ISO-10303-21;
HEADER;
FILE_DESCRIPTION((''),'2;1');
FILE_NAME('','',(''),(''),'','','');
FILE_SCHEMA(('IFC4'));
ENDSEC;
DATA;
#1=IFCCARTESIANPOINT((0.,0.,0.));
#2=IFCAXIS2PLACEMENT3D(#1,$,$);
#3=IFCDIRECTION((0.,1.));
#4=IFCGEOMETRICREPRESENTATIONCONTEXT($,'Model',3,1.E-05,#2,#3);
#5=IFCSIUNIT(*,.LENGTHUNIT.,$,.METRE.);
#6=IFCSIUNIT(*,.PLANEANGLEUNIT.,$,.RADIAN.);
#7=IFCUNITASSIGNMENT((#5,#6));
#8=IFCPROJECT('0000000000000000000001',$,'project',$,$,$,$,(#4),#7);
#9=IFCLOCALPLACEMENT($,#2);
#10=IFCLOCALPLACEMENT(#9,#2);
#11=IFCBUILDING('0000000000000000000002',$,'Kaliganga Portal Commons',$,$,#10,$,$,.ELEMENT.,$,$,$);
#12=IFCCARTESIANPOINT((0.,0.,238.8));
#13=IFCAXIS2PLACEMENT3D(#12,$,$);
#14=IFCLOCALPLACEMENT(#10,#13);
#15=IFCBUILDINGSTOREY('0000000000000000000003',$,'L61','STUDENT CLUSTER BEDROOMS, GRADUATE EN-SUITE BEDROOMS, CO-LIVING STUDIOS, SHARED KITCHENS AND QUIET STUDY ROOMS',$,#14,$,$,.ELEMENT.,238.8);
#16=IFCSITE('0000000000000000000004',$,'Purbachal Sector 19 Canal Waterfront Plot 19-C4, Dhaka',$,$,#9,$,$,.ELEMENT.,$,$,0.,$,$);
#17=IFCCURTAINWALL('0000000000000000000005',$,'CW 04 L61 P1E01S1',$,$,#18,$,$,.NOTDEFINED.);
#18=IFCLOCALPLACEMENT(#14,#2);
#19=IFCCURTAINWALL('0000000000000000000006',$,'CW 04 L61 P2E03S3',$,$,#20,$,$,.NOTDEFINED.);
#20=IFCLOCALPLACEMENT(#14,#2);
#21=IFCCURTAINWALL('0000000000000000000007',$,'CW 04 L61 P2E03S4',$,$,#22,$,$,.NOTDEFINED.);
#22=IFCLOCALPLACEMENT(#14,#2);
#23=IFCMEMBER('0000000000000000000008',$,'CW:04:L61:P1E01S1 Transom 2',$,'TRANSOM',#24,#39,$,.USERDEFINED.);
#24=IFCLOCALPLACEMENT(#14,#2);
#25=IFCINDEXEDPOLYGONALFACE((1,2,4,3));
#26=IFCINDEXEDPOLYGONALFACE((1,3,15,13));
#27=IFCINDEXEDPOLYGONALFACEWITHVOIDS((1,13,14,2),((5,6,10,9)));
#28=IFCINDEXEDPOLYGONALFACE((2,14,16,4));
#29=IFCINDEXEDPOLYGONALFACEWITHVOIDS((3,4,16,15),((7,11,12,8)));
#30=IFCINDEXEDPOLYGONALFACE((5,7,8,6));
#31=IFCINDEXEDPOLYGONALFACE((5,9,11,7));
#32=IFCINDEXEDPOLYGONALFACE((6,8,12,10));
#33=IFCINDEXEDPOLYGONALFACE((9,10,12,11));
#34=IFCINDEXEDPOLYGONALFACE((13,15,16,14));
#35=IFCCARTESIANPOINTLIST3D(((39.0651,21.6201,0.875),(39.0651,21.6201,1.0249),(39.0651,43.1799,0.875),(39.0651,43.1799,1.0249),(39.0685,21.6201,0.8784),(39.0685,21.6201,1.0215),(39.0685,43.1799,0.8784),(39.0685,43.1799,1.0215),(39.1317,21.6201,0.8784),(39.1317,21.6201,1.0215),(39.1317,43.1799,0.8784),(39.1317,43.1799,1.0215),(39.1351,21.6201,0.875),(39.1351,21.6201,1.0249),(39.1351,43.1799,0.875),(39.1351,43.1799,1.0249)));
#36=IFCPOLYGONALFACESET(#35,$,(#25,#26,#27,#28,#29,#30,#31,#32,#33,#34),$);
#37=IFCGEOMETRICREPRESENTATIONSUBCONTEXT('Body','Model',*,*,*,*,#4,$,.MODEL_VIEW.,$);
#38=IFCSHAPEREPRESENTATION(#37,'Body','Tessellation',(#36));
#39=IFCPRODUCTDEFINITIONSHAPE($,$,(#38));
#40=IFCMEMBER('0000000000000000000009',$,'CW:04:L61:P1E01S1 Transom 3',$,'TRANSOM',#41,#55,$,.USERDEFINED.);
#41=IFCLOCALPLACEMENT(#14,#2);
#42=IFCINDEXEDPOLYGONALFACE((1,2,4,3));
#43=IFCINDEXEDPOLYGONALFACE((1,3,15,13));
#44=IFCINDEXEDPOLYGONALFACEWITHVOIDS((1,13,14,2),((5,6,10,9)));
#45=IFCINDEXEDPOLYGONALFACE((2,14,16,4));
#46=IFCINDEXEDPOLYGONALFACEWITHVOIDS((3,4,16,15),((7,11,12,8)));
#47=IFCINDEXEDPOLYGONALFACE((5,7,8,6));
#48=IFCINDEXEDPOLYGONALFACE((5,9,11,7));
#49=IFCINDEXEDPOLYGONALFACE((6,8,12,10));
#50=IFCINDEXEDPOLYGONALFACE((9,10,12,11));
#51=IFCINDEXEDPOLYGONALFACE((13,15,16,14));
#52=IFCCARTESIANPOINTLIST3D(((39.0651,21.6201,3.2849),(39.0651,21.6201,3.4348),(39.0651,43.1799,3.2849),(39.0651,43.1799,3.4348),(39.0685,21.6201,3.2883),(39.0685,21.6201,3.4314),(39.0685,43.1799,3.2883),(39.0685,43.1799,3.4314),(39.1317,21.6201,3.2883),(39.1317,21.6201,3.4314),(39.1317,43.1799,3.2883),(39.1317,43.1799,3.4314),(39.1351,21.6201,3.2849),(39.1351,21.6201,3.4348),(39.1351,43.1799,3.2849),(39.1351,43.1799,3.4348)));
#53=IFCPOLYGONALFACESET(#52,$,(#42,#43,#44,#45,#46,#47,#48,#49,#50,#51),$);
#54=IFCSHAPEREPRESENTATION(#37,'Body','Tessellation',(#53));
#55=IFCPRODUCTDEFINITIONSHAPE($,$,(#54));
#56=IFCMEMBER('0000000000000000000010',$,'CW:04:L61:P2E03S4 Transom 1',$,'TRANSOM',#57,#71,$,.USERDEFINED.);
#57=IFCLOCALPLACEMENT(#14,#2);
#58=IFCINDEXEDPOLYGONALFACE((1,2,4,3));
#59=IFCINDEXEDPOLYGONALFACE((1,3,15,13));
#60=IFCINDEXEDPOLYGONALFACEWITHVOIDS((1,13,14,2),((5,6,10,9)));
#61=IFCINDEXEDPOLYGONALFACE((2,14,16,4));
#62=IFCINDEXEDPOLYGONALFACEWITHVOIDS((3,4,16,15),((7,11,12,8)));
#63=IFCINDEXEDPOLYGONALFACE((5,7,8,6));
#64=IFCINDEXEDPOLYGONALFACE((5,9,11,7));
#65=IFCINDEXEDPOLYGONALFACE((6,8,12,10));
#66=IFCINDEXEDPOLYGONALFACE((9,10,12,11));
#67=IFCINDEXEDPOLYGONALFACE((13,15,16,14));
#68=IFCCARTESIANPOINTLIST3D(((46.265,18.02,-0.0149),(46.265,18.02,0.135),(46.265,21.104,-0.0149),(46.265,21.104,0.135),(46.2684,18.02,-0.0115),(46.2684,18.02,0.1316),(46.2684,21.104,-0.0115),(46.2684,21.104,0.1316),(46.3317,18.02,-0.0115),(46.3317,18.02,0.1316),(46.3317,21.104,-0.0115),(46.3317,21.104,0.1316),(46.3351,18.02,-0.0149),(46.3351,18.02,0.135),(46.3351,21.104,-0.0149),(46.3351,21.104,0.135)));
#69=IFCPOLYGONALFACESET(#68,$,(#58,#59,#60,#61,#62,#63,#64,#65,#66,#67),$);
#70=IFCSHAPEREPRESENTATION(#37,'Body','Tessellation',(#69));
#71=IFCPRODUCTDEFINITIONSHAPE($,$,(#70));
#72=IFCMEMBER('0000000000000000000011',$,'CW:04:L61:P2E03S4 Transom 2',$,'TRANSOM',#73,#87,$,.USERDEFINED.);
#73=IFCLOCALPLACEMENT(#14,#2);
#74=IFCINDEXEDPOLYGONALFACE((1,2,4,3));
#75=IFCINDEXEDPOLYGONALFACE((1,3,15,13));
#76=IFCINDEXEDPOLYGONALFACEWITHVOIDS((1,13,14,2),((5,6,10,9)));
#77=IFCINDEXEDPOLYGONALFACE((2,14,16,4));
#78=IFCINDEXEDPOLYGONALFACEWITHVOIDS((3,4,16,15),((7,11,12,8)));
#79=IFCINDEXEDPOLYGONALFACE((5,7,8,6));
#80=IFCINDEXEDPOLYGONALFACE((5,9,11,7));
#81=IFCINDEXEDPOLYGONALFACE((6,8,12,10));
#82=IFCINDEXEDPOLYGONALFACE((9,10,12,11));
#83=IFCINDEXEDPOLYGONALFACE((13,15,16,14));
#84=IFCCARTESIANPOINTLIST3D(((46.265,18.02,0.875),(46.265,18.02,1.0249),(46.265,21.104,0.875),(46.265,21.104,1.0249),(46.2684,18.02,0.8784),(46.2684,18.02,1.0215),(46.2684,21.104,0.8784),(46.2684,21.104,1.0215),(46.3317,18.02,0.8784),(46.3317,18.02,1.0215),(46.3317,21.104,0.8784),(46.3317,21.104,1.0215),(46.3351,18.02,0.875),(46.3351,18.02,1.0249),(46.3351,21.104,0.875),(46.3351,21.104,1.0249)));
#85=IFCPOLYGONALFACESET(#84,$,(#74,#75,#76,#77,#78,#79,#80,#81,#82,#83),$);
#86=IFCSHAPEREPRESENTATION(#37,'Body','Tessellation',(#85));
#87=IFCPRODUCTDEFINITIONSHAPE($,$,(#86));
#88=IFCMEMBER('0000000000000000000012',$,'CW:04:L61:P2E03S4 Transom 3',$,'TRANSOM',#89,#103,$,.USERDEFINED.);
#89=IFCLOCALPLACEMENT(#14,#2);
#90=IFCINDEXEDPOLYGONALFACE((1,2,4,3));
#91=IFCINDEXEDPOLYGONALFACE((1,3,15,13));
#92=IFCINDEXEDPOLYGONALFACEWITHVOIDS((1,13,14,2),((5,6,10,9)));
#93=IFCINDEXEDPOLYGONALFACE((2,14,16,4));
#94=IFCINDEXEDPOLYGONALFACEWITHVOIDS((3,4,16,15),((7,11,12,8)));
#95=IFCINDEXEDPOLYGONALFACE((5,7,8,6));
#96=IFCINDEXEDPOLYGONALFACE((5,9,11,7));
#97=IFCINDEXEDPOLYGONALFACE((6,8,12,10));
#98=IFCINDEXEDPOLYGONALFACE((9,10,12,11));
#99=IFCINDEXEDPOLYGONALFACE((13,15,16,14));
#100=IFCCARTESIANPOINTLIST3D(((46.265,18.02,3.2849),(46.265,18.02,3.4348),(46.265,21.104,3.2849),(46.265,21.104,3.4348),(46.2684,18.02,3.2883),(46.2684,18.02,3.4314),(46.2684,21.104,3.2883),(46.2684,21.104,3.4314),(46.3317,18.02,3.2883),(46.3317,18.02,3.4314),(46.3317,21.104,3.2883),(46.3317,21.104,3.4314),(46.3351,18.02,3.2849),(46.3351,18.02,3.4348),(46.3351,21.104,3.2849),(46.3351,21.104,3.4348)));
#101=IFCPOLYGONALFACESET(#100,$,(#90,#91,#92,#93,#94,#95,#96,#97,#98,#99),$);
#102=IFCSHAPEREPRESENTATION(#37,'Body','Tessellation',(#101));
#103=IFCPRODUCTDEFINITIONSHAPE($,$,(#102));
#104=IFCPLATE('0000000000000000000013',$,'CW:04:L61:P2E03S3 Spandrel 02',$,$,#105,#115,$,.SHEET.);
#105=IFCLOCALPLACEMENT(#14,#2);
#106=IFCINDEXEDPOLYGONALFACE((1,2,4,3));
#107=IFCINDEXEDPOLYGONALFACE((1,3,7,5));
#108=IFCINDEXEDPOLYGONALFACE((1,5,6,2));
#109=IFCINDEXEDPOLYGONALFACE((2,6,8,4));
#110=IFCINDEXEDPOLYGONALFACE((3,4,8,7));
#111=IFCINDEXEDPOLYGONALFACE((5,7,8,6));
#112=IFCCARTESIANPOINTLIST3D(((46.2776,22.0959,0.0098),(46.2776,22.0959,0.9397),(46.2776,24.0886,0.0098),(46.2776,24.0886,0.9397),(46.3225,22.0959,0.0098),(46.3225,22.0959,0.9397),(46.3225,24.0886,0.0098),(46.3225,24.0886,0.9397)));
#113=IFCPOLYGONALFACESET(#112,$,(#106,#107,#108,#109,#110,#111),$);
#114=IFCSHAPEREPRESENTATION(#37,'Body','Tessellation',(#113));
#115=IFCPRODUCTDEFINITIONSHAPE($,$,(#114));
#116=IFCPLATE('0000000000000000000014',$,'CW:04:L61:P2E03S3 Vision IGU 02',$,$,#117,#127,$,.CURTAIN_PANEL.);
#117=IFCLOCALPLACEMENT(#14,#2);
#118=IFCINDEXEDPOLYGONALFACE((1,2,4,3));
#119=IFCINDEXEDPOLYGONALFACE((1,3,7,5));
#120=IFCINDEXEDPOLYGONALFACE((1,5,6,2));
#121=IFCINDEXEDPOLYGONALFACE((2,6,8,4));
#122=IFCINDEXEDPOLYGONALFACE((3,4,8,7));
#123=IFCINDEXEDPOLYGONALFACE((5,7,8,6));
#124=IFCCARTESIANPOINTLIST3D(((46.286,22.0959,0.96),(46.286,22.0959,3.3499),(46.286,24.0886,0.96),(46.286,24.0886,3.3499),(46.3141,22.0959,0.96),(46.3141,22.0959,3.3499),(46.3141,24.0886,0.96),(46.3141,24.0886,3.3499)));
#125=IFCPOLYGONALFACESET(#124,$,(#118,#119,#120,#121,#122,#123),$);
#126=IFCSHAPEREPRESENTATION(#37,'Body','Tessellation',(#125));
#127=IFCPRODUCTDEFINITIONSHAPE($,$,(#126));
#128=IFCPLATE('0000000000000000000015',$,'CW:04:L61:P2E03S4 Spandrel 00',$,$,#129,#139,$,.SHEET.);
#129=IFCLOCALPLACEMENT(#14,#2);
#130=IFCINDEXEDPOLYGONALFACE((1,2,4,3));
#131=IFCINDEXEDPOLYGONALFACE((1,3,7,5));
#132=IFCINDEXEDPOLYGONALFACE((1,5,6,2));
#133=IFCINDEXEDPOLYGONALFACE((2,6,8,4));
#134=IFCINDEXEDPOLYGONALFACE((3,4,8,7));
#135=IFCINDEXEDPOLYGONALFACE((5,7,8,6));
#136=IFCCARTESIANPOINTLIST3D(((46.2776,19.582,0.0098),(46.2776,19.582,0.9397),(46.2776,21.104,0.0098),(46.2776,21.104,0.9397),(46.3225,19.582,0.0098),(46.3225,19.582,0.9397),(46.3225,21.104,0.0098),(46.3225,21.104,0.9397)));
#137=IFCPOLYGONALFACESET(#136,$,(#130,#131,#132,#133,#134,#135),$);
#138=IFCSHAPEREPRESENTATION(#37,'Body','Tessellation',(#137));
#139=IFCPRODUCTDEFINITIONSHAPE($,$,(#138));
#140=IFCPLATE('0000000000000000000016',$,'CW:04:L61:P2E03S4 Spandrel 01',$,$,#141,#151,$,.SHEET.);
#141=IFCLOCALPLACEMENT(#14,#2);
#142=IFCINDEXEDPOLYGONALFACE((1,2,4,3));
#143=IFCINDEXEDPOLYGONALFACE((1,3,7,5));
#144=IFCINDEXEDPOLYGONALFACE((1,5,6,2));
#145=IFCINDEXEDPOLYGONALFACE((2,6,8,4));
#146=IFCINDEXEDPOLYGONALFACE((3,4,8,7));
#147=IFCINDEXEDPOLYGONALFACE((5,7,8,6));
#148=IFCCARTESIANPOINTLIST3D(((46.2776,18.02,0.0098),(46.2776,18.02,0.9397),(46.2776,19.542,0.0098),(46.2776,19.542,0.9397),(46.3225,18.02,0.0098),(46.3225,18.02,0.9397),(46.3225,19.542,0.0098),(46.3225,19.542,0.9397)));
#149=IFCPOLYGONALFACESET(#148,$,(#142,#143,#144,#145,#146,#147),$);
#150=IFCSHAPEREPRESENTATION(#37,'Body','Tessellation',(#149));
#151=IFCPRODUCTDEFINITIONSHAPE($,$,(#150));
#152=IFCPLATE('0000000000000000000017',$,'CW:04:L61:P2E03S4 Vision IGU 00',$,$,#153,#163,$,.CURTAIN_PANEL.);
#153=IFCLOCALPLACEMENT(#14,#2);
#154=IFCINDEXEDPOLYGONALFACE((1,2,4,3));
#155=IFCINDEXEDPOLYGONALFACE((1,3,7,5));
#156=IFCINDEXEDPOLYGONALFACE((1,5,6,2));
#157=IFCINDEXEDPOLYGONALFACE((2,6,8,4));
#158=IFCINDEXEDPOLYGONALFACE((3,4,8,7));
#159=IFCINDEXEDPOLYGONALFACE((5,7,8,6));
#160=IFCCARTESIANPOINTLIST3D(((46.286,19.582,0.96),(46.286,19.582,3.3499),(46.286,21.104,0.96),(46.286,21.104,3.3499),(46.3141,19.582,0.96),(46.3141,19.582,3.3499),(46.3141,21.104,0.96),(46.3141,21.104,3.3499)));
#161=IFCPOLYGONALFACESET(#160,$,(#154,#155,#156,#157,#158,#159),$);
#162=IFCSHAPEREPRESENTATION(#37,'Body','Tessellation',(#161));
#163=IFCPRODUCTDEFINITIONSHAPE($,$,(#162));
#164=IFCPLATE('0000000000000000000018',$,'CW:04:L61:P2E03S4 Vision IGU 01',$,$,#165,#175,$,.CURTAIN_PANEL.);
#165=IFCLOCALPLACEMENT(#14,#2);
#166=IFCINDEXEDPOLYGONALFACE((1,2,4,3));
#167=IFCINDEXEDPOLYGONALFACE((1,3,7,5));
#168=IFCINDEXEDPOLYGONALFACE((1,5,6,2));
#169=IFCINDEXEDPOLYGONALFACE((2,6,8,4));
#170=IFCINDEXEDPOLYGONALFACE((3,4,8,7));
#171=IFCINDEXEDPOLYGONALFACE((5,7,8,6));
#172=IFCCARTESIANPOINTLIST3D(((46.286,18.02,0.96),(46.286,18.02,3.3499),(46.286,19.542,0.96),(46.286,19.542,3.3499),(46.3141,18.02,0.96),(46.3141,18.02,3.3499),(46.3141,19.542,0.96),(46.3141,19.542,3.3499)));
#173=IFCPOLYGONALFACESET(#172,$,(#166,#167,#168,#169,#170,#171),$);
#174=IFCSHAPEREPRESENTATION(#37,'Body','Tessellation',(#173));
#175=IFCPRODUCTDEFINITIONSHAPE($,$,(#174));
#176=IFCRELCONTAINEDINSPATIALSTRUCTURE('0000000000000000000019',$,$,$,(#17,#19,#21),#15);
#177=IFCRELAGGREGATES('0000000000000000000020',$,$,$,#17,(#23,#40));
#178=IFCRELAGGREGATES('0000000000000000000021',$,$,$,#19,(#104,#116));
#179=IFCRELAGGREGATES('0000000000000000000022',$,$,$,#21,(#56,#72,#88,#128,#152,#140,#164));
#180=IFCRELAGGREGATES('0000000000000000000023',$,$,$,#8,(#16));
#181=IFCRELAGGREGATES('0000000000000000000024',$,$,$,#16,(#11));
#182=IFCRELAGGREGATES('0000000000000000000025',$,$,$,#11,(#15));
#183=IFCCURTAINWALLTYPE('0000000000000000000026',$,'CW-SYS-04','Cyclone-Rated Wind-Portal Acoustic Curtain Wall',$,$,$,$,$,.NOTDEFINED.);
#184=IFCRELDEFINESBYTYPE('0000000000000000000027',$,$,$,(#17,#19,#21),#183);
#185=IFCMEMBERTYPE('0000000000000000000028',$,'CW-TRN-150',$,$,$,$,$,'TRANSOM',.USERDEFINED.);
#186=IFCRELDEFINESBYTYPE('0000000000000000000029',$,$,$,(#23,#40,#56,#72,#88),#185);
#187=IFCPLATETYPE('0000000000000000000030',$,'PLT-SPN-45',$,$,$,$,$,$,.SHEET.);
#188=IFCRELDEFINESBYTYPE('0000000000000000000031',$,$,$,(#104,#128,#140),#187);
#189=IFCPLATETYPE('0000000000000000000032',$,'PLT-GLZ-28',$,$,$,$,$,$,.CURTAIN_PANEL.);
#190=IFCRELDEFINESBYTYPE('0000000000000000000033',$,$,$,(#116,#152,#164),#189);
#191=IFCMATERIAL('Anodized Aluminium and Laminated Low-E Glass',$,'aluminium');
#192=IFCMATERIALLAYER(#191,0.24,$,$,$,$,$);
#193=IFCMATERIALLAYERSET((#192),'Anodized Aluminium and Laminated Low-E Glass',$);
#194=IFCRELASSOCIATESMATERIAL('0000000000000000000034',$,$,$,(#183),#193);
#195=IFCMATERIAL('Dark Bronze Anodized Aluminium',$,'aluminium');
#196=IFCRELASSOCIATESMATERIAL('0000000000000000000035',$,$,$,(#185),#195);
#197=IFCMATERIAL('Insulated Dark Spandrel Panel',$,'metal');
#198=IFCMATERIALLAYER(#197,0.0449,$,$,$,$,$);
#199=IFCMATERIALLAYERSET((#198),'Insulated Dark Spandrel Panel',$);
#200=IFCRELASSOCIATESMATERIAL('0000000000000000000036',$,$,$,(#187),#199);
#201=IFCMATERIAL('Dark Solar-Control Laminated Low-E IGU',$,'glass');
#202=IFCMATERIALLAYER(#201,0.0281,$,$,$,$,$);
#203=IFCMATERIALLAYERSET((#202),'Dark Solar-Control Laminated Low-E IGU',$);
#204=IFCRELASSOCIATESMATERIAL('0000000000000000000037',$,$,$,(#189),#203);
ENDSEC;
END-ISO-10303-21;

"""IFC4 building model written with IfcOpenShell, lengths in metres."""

from ifc_helpers import new_model, si_unit, direction, frame, origin, origin_2d, place, context, subcontext, project, spatial, rectangle, hollow_rectangle, extrude, source, transform, mapped, material, layer, layer_set, material_profile, profile_set, type_object, element, aggregate, save


model = new_model("IFC4")

# Units and contexts
model_context = context("Model", 3, precision=1e-05, world=origin(), true_north=direction((0.0, 1.0)))
body_context = subcontext(model_context, "Body", "Model", "MODEL_VIEW")
ifc_project = project(units=[si_unit("LENGTHUNIT", "METRE"), si_unit("PLANEANGLEUNIT", "RADIAN")], contexts=[model_context])

# Site, building, storey
site_placement = place(None, origin())
site = spatial("IfcSite", under=ifc_project, at=site_placement, Name="Purbachal Sector 19 Canal Waterfront Plot 19-C4, Dhaka", CompositionType="ELEMENT", RefElevation=0.0)
building_placement = place(site_placement, origin())
building = spatial("IfcBuilding", under=site, at=building_placement, Name="Kaliganga Portal Commons", CompositionType="ELEMENT")
storey_placement = place(building_placement, frame((0.0, 0.0, 238.8)))
storey = spatial("IfcBuildingStorey", under=building, at=storey_placement, Name="L61", Description="STUDENT CLUSTER BEDROOMS, GRADUATE EN-SUITE BEDROOMS, CO-LIVING STUDIOS, SHARED KITCHENS AND QUIET STUDY ROOMS", CompositionType="ELEMENT", Elevation=238.8)

# Curtain walls
ifc_material_1 = material(Name="Anodized Aluminium and Laminated Low-E Glass", Category="aluminium")
ifc_layer_1 = layer(ifc_material_1, 0.24)
ifc_layer_set_1 = layer_set([ifc_layer_1], Name="Anodized Aluminium and Laminated Low-E Glass")
curtain_wall_type = type_object("IfcCurtainWallType", Name="CW-SYS-04", Description="Cyclone-Rated Wind-Portal Acoustic Curtain Wall", PredefinedType="NOTDEFINED", material=ifc_layer_set_1)
curtain_wall_1_placement = place(storey_placement, origin())
curtain_wall_1 = element("IfcCurtainWall", 1, at=curtain_wall_1_placement, inside=storey, type_object=curtain_wall_type, Name="CW 04 L61 P1E01S1", PredefinedType="NOTDEFINED")
ifc_material_2 = material(Name="Dark Bronze Anodized Aluminium", Category="aluminium")
curtain_wall_2_placement = place(storey_placement, origin())
curtain_wall_2 = element("IfcCurtainWall", 2, at=curtain_wall_2_placement, inside=storey, type_object=curtain_wall_type, Name="CW 04 L61 P2E03S3", PredefinedType="NOTDEFINED")

# Curtain wall
curtain_wall_3_placement = place(storey_placement, origin())
curtain_wall_3 = element("IfcCurtainWall", 3, at=curtain_wall_3_placement, inside=storey, type_object=curtain_wall_type, Name="CW 04 L61 P2E03S4", PredefinedType="NOTDEFINED")

# Members
ifc_material_profile_1 = material_profile(ifc_material_2, hollow_rectangle(XDim=0.0701, YDim=0.1499, WallThickness=0.0034, at=origin_2d()), Name="ALU TRAN 70x150x3.5")
ifc_profile_set_1 = profile_set([ifc_material_profile_1], Name="Dark Bronze Anodized Aluminium")
member_type_1 = type_object("IfcMemberType", Name="CW-TRN-150", ElementType="TRANSOM", PredefinedType="USERDEFINED", material=ifc_profile_set_1)
shared_shape_1 = source(origin(), body_context, "Body", "SweptSolid", [
    extrude(hollow_rectangle(XDim=0.0701, YDim=0.1499, WallThickness=0.0034, at=origin_2d()), origin(), (0.0, 0.0, 1.0), 21.5598),
])
member_1_placement = place(storey_placement, frame((39.1001, 21.6201, 0.95), z_axis=(0.0, 1.0, 0.0), x_axis=(-1.0, 0.0, 0.0)))
member_1 = element("IfcMember", 4, at=member_1_placement, type_object=member_type_1, Name="CW:04:L61:P1E01S1 Transom 2", ObjectType="TRANSOM", PredefinedType="USERDEFINED", context=body_context, shape_type="MappedRepresentation", body=[
    mapped(shared_shape_1, transform((0.0, 0.0, 0.0), x_axis=(1.0, 0.0, 0.0), y_axis=(0.0, 1.0, 0.0), z_axis=(0.0, 0.0, 1.0), scale=1.0)),
])
member_2_placement = place(storey_placement, frame((39.1001, 21.6201, 3.3599), z_axis=(0.0, 1.0, 0.0), x_axis=(-1.0, 0.0, 0.0)))
member_2 = element("IfcMember", 5, at=member_2_placement, type_object=member_type_1, Name="CW:04:L61:P1E01S1 Transom 3", ObjectType="TRANSOM", PredefinedType="USERDEFINED", context=body_context, shape_type="MappedRepresentation", body=[
    mapped(shared_shape_1, transform((0.0, 0.0, 0.0), x_axis=(1.0, 0.0, 0.0), y_axis=(0.0, 1.0, 0.0), z_axis=(0.0, 0.0, 1.0), scale=1.0)),
])
aggregate(curtain_wall_1, [member_1, member_2])
shared_shape_2 = source(origin(), body_context, "Body", "SweptSolid", [
    extrude(hollow_rectangle(XDim=0.0701, YDim=0.1499, WallThickness=0.0034, at=origin_2d()), origin(), (0.0, 0.0, 1.0), 3.084),
])
member_3_placement = place(storey_placement, frame((46.3, 21.104, 0.0601), z_axis=(0.0, -1.0, 0.0), x_axis=(1.0, 0.0, 0.0)))
member_3 = element("IfcMember", 6, at=member_3_placement, type_object=member_type_1, Name="CW:04:L61:P2E03S4 Transom 1", ObjectType="TRANSOM", PredefinedType="USERDEFINED", context=body_context, shape_type="MappedRepresentation", body=[
    mapped(shared_shape_2, transform((0.0, 0.0, 0.0), x_axis=(1.0, 0.0, 0.0), y_axis=(0.0, 1.0, 0.0), z_axis=(0.0, 0.0, 1.0), scale=1.0)),
])
member_4_placement = place(storey_placement, frame((46.3, 21.104, 0.95), z_axis=(0.0, -1.0, 0.0), x_axis=(1.0, 0.0, 0.0)))
member_4 = element("IfcMember", 7, at=member_4_placement, type_object=member_type_1, Name="CW:04:L61:P2E03S4 Transom 2", ObjectType="TRANSOM", PredefinedType="USERDEFINED", context=body_context, shape_type="MappedRepresentation", body=[
    mapped(shared_shape_2, transform((0.0, 0.0, 0.0), x_axis=(1.0, 0.0, 0.0), y_axis=(0.0, 1.0, 0.0), z_axis=(0.0, 0.0, 1.0), scale=1.0)),
])
member_5_placement = place(storey_placement, frame((46.3, 21.104, 3.3599), z_axis=(0.0, -1.0, 0.0), x_axis=(1.0, 0.0, 0.0)))
member_5 = element("IfcMember", 8, at=member_5_placement, type_object=member_type_1, Name="CW:04:L61:P2E03S4 Transom 3", ObjectType="TRANSOM", PredefinedType="USERDEFINED", context=body_context, shape_type="MappedRepresentation", body=[
    mapped(shared_shape_2, transform((0.0, 0.0, 0.0), x_axis=(1.0, 0.0, 0.0), y_axis=(0.0, 1.0, 0.0), z_axis=(0.0, 0.0, 1.0), scale=1.0)),
])

# Plates
ifc_material_3 = material(Name="Insulated Dark Spandrel Panel", Category="metal")
ifc_layer_2 = layer(ifc_material_3, 0.0449)
ifc_layer_set_2 = layer_set([ifc_layer_2], Name="Insulated Dark Spandrel Panel")
plate_type_1 = type_object("IfcPlateType", Name="PLT-SPN-45", PredefinedType="SHEET", material=ifc_layer_set_2)
shared_shape_3 = source(origin(), body_context, "Body", "SweptSolid", [
    extrude(rectangle(XDim=1.9927, YDim=0.0449, at=origin_2d()), origin(), (0.0, 0.0, 1.0), 0.9299),
])
plate_1_placement = place(storey_placement, frame((46.3, 23.0923, 0.0098), z_axis=(0.0, 0.0, 1.0), x_axis=(0.0, -1.0, 0.0)))
plate_1 = element("IfcPlate", 9, at=plate_1_placement, type_object=plate_type_1, Name="CW:04:L61:P2E03S3 Spandrel 02", PredefinedType="SHEET", context=body_context, shape_type="MappedRepresentation", body=[
    mapped(shared_shape_3, transform((0.0, 0.0, 0.0), x_axis=(1.0, 0.0, 0.0), y_axis=(0.0, 1.0, 0.0), z_axis=(0.0, 0.0, 1.0), scale=1.0)),
])
ifc_material_4 = material(Name="Dark Solar-Control Laminated Low-E IGU", Category="glass")
ifc_layer_3 = layer(ifc_material_4, 0.0281)
ifc_layer_set_3 = layer_set([ifc_layer_3], Name="Dark Solar-Control Laminated Low-E IGU")
plate_type_2 = type_object("IfcPlateType", Name="PLT-GLZ-28", PredefinedType="CURTAIN_PANEL", material=ifc_layer_set_3)
shared_shape_4 = source(origin(), body_context, "Body", "SweptSolid", [
    extrude(rectangle(XDim=1.9927, YDim=0.0281, at=origin_2d()), origin(), (0.0, 0.0, 1.0), 2.3899),
])
plate_2_placement = place(storey_placement, frame((46.3, 23.0923, 0.96), z_axis=(0.0, 0.0, 1.0), x_axis=(0.0, -1.0, 0.0)))
plate_2 = element("IfcPlate", 10, at=plate_2_placement, type_object=plate_type_2, Name="CW:04:L61:P2E03S3 Vision IGU 02", PredefinedType="CURTAIN_PANEL", context=body_context, shape_type="MappedRepresentation", body=[
    mapped(shared_shape_4, transform((0.0, 0.0, 0.0), x_axis=(1.0, 0.0, 0.0), y_axis=(0.0, 1.0, 0.0), z_axis=(0.0, 0.0, 1.0), scale=1.0)),
])
aggregate(curtain_wall_2, [plate_1, plate_2])
shared_shape_5 = source(origin(), body_context, "Body", "SweptSolid", [
    extrude(rectangle(XDim=1.522, YDim=0.0449, at=origin_2d()), origin(), (0.0, 0.0, 1.0), 0.9299),
])
plate_3_placement = place(storey_placement, frame((46.3, 20.343, 0.0098), z_axis=(0.0, 0.0, 1.0), x_axis=(0.0, -1.0, 0.0)))
plate_3 = element("IfcPlate", 11, at=plate_3_placement, type_object=plate_type_1, Name="CW:04:L61:P2E03S4 Spandrel 00", PredefinedType="SHEET", context=body_context, shape_type="MappedRepresentation", body=[
    mapped(shared_shape_5, transform((0.0, 0.0, 0.0), x_axis=(1.0, 0.0, 0.0), y_axis=(0.0, 1.0, 0.0), z_axis=(0.0, 0.0, 1.0), scale=1.0)),
])
plate_4_placement = place(storey_placement, frame((46.3, 18.781, 0.0098), z_axis=(0.0, 0.0, 1.0), x_axis=(0.0, -1.0, 0.0)))
plate_4 = element("IfcPlate", 12, at=plate_4_placement, type_object=plate_type_1, Name="CW:04:L61:P2E03S4 Spandrel 01", PredefinedType="SHEET", context=body_context, shape_type="MappedRepresentation", body=[
    mapped(shared_shape_5, transform((0.0, 0.0, 0.0), x_axis=(1.0, 0.0, 0.0), y_axis=(0.0, 1.0, 0.0), z_axis=(0.0, 0.0, 1.0), scale=1.0)),
])
shared_shape_6 = source(origin(), body_context, "Body", "SweptSolid", [
    extrude(rectangle(XDim=1.522, YDim=0.0281, at=origin_2d()), origin(), (0.0, 0.0, 1.0), 2.3899),
])
plate_5_placement = place(storey_placement, frame((46.3, 20.343, 0.96), z_axis=(0.0, 0.0, 1.0), x_axis=(0.0, -1.0, 0.0)))
plate_5 = element("IfcPlate", 13, at=plate_5_placement, type_object=plate_type_2, Name="CW:04:L61:P2E03S4 Vision IGU 00", PredefinedType="CURTAIN_PANEL", context=body_context, shape_type="MappedRepresentation", body=[
    mapped(shared_shape_6, transform((0.0, 0.0, 0.0), x_axis=(1.0, 0.0, 0.0), y_axis=(0.0, 1.0, 0.0), z_axis=(0.0, 0.0, 1.0), scale=1.0)),
])
plate_6_placement = place(storey_placement, frame((46.3, 18.781, 0.96), z_axis=(0.0, 0.0, 1.0), x_axis=(0.0, -1.0, 0.0)))
plate_6 = element("IfcPlate", 14, at=plate_6_placement, type_object=plate_type_2, Name="CW:04:L61:P2E03S4 Vision IGU 01", PredefinedType="CURTAIN_PANEL", context=body_context, shape_type="MappedRepresentation", body=[
    mapped(shared_shape_6, transform((0.0, 0.0, 0.0), x_axis=(1.0, 0.0, 0.0), y_axis=(0.0, 1.0, 0.0), z_axis=(0.0, 0.0, 1.0), scale=1.0)),
])
aggregate(curtain_wall_3, [member_3, member_4, member_5, plate_3, plate_5, plate_4, plate_6])

save(model, "model.ifc")
